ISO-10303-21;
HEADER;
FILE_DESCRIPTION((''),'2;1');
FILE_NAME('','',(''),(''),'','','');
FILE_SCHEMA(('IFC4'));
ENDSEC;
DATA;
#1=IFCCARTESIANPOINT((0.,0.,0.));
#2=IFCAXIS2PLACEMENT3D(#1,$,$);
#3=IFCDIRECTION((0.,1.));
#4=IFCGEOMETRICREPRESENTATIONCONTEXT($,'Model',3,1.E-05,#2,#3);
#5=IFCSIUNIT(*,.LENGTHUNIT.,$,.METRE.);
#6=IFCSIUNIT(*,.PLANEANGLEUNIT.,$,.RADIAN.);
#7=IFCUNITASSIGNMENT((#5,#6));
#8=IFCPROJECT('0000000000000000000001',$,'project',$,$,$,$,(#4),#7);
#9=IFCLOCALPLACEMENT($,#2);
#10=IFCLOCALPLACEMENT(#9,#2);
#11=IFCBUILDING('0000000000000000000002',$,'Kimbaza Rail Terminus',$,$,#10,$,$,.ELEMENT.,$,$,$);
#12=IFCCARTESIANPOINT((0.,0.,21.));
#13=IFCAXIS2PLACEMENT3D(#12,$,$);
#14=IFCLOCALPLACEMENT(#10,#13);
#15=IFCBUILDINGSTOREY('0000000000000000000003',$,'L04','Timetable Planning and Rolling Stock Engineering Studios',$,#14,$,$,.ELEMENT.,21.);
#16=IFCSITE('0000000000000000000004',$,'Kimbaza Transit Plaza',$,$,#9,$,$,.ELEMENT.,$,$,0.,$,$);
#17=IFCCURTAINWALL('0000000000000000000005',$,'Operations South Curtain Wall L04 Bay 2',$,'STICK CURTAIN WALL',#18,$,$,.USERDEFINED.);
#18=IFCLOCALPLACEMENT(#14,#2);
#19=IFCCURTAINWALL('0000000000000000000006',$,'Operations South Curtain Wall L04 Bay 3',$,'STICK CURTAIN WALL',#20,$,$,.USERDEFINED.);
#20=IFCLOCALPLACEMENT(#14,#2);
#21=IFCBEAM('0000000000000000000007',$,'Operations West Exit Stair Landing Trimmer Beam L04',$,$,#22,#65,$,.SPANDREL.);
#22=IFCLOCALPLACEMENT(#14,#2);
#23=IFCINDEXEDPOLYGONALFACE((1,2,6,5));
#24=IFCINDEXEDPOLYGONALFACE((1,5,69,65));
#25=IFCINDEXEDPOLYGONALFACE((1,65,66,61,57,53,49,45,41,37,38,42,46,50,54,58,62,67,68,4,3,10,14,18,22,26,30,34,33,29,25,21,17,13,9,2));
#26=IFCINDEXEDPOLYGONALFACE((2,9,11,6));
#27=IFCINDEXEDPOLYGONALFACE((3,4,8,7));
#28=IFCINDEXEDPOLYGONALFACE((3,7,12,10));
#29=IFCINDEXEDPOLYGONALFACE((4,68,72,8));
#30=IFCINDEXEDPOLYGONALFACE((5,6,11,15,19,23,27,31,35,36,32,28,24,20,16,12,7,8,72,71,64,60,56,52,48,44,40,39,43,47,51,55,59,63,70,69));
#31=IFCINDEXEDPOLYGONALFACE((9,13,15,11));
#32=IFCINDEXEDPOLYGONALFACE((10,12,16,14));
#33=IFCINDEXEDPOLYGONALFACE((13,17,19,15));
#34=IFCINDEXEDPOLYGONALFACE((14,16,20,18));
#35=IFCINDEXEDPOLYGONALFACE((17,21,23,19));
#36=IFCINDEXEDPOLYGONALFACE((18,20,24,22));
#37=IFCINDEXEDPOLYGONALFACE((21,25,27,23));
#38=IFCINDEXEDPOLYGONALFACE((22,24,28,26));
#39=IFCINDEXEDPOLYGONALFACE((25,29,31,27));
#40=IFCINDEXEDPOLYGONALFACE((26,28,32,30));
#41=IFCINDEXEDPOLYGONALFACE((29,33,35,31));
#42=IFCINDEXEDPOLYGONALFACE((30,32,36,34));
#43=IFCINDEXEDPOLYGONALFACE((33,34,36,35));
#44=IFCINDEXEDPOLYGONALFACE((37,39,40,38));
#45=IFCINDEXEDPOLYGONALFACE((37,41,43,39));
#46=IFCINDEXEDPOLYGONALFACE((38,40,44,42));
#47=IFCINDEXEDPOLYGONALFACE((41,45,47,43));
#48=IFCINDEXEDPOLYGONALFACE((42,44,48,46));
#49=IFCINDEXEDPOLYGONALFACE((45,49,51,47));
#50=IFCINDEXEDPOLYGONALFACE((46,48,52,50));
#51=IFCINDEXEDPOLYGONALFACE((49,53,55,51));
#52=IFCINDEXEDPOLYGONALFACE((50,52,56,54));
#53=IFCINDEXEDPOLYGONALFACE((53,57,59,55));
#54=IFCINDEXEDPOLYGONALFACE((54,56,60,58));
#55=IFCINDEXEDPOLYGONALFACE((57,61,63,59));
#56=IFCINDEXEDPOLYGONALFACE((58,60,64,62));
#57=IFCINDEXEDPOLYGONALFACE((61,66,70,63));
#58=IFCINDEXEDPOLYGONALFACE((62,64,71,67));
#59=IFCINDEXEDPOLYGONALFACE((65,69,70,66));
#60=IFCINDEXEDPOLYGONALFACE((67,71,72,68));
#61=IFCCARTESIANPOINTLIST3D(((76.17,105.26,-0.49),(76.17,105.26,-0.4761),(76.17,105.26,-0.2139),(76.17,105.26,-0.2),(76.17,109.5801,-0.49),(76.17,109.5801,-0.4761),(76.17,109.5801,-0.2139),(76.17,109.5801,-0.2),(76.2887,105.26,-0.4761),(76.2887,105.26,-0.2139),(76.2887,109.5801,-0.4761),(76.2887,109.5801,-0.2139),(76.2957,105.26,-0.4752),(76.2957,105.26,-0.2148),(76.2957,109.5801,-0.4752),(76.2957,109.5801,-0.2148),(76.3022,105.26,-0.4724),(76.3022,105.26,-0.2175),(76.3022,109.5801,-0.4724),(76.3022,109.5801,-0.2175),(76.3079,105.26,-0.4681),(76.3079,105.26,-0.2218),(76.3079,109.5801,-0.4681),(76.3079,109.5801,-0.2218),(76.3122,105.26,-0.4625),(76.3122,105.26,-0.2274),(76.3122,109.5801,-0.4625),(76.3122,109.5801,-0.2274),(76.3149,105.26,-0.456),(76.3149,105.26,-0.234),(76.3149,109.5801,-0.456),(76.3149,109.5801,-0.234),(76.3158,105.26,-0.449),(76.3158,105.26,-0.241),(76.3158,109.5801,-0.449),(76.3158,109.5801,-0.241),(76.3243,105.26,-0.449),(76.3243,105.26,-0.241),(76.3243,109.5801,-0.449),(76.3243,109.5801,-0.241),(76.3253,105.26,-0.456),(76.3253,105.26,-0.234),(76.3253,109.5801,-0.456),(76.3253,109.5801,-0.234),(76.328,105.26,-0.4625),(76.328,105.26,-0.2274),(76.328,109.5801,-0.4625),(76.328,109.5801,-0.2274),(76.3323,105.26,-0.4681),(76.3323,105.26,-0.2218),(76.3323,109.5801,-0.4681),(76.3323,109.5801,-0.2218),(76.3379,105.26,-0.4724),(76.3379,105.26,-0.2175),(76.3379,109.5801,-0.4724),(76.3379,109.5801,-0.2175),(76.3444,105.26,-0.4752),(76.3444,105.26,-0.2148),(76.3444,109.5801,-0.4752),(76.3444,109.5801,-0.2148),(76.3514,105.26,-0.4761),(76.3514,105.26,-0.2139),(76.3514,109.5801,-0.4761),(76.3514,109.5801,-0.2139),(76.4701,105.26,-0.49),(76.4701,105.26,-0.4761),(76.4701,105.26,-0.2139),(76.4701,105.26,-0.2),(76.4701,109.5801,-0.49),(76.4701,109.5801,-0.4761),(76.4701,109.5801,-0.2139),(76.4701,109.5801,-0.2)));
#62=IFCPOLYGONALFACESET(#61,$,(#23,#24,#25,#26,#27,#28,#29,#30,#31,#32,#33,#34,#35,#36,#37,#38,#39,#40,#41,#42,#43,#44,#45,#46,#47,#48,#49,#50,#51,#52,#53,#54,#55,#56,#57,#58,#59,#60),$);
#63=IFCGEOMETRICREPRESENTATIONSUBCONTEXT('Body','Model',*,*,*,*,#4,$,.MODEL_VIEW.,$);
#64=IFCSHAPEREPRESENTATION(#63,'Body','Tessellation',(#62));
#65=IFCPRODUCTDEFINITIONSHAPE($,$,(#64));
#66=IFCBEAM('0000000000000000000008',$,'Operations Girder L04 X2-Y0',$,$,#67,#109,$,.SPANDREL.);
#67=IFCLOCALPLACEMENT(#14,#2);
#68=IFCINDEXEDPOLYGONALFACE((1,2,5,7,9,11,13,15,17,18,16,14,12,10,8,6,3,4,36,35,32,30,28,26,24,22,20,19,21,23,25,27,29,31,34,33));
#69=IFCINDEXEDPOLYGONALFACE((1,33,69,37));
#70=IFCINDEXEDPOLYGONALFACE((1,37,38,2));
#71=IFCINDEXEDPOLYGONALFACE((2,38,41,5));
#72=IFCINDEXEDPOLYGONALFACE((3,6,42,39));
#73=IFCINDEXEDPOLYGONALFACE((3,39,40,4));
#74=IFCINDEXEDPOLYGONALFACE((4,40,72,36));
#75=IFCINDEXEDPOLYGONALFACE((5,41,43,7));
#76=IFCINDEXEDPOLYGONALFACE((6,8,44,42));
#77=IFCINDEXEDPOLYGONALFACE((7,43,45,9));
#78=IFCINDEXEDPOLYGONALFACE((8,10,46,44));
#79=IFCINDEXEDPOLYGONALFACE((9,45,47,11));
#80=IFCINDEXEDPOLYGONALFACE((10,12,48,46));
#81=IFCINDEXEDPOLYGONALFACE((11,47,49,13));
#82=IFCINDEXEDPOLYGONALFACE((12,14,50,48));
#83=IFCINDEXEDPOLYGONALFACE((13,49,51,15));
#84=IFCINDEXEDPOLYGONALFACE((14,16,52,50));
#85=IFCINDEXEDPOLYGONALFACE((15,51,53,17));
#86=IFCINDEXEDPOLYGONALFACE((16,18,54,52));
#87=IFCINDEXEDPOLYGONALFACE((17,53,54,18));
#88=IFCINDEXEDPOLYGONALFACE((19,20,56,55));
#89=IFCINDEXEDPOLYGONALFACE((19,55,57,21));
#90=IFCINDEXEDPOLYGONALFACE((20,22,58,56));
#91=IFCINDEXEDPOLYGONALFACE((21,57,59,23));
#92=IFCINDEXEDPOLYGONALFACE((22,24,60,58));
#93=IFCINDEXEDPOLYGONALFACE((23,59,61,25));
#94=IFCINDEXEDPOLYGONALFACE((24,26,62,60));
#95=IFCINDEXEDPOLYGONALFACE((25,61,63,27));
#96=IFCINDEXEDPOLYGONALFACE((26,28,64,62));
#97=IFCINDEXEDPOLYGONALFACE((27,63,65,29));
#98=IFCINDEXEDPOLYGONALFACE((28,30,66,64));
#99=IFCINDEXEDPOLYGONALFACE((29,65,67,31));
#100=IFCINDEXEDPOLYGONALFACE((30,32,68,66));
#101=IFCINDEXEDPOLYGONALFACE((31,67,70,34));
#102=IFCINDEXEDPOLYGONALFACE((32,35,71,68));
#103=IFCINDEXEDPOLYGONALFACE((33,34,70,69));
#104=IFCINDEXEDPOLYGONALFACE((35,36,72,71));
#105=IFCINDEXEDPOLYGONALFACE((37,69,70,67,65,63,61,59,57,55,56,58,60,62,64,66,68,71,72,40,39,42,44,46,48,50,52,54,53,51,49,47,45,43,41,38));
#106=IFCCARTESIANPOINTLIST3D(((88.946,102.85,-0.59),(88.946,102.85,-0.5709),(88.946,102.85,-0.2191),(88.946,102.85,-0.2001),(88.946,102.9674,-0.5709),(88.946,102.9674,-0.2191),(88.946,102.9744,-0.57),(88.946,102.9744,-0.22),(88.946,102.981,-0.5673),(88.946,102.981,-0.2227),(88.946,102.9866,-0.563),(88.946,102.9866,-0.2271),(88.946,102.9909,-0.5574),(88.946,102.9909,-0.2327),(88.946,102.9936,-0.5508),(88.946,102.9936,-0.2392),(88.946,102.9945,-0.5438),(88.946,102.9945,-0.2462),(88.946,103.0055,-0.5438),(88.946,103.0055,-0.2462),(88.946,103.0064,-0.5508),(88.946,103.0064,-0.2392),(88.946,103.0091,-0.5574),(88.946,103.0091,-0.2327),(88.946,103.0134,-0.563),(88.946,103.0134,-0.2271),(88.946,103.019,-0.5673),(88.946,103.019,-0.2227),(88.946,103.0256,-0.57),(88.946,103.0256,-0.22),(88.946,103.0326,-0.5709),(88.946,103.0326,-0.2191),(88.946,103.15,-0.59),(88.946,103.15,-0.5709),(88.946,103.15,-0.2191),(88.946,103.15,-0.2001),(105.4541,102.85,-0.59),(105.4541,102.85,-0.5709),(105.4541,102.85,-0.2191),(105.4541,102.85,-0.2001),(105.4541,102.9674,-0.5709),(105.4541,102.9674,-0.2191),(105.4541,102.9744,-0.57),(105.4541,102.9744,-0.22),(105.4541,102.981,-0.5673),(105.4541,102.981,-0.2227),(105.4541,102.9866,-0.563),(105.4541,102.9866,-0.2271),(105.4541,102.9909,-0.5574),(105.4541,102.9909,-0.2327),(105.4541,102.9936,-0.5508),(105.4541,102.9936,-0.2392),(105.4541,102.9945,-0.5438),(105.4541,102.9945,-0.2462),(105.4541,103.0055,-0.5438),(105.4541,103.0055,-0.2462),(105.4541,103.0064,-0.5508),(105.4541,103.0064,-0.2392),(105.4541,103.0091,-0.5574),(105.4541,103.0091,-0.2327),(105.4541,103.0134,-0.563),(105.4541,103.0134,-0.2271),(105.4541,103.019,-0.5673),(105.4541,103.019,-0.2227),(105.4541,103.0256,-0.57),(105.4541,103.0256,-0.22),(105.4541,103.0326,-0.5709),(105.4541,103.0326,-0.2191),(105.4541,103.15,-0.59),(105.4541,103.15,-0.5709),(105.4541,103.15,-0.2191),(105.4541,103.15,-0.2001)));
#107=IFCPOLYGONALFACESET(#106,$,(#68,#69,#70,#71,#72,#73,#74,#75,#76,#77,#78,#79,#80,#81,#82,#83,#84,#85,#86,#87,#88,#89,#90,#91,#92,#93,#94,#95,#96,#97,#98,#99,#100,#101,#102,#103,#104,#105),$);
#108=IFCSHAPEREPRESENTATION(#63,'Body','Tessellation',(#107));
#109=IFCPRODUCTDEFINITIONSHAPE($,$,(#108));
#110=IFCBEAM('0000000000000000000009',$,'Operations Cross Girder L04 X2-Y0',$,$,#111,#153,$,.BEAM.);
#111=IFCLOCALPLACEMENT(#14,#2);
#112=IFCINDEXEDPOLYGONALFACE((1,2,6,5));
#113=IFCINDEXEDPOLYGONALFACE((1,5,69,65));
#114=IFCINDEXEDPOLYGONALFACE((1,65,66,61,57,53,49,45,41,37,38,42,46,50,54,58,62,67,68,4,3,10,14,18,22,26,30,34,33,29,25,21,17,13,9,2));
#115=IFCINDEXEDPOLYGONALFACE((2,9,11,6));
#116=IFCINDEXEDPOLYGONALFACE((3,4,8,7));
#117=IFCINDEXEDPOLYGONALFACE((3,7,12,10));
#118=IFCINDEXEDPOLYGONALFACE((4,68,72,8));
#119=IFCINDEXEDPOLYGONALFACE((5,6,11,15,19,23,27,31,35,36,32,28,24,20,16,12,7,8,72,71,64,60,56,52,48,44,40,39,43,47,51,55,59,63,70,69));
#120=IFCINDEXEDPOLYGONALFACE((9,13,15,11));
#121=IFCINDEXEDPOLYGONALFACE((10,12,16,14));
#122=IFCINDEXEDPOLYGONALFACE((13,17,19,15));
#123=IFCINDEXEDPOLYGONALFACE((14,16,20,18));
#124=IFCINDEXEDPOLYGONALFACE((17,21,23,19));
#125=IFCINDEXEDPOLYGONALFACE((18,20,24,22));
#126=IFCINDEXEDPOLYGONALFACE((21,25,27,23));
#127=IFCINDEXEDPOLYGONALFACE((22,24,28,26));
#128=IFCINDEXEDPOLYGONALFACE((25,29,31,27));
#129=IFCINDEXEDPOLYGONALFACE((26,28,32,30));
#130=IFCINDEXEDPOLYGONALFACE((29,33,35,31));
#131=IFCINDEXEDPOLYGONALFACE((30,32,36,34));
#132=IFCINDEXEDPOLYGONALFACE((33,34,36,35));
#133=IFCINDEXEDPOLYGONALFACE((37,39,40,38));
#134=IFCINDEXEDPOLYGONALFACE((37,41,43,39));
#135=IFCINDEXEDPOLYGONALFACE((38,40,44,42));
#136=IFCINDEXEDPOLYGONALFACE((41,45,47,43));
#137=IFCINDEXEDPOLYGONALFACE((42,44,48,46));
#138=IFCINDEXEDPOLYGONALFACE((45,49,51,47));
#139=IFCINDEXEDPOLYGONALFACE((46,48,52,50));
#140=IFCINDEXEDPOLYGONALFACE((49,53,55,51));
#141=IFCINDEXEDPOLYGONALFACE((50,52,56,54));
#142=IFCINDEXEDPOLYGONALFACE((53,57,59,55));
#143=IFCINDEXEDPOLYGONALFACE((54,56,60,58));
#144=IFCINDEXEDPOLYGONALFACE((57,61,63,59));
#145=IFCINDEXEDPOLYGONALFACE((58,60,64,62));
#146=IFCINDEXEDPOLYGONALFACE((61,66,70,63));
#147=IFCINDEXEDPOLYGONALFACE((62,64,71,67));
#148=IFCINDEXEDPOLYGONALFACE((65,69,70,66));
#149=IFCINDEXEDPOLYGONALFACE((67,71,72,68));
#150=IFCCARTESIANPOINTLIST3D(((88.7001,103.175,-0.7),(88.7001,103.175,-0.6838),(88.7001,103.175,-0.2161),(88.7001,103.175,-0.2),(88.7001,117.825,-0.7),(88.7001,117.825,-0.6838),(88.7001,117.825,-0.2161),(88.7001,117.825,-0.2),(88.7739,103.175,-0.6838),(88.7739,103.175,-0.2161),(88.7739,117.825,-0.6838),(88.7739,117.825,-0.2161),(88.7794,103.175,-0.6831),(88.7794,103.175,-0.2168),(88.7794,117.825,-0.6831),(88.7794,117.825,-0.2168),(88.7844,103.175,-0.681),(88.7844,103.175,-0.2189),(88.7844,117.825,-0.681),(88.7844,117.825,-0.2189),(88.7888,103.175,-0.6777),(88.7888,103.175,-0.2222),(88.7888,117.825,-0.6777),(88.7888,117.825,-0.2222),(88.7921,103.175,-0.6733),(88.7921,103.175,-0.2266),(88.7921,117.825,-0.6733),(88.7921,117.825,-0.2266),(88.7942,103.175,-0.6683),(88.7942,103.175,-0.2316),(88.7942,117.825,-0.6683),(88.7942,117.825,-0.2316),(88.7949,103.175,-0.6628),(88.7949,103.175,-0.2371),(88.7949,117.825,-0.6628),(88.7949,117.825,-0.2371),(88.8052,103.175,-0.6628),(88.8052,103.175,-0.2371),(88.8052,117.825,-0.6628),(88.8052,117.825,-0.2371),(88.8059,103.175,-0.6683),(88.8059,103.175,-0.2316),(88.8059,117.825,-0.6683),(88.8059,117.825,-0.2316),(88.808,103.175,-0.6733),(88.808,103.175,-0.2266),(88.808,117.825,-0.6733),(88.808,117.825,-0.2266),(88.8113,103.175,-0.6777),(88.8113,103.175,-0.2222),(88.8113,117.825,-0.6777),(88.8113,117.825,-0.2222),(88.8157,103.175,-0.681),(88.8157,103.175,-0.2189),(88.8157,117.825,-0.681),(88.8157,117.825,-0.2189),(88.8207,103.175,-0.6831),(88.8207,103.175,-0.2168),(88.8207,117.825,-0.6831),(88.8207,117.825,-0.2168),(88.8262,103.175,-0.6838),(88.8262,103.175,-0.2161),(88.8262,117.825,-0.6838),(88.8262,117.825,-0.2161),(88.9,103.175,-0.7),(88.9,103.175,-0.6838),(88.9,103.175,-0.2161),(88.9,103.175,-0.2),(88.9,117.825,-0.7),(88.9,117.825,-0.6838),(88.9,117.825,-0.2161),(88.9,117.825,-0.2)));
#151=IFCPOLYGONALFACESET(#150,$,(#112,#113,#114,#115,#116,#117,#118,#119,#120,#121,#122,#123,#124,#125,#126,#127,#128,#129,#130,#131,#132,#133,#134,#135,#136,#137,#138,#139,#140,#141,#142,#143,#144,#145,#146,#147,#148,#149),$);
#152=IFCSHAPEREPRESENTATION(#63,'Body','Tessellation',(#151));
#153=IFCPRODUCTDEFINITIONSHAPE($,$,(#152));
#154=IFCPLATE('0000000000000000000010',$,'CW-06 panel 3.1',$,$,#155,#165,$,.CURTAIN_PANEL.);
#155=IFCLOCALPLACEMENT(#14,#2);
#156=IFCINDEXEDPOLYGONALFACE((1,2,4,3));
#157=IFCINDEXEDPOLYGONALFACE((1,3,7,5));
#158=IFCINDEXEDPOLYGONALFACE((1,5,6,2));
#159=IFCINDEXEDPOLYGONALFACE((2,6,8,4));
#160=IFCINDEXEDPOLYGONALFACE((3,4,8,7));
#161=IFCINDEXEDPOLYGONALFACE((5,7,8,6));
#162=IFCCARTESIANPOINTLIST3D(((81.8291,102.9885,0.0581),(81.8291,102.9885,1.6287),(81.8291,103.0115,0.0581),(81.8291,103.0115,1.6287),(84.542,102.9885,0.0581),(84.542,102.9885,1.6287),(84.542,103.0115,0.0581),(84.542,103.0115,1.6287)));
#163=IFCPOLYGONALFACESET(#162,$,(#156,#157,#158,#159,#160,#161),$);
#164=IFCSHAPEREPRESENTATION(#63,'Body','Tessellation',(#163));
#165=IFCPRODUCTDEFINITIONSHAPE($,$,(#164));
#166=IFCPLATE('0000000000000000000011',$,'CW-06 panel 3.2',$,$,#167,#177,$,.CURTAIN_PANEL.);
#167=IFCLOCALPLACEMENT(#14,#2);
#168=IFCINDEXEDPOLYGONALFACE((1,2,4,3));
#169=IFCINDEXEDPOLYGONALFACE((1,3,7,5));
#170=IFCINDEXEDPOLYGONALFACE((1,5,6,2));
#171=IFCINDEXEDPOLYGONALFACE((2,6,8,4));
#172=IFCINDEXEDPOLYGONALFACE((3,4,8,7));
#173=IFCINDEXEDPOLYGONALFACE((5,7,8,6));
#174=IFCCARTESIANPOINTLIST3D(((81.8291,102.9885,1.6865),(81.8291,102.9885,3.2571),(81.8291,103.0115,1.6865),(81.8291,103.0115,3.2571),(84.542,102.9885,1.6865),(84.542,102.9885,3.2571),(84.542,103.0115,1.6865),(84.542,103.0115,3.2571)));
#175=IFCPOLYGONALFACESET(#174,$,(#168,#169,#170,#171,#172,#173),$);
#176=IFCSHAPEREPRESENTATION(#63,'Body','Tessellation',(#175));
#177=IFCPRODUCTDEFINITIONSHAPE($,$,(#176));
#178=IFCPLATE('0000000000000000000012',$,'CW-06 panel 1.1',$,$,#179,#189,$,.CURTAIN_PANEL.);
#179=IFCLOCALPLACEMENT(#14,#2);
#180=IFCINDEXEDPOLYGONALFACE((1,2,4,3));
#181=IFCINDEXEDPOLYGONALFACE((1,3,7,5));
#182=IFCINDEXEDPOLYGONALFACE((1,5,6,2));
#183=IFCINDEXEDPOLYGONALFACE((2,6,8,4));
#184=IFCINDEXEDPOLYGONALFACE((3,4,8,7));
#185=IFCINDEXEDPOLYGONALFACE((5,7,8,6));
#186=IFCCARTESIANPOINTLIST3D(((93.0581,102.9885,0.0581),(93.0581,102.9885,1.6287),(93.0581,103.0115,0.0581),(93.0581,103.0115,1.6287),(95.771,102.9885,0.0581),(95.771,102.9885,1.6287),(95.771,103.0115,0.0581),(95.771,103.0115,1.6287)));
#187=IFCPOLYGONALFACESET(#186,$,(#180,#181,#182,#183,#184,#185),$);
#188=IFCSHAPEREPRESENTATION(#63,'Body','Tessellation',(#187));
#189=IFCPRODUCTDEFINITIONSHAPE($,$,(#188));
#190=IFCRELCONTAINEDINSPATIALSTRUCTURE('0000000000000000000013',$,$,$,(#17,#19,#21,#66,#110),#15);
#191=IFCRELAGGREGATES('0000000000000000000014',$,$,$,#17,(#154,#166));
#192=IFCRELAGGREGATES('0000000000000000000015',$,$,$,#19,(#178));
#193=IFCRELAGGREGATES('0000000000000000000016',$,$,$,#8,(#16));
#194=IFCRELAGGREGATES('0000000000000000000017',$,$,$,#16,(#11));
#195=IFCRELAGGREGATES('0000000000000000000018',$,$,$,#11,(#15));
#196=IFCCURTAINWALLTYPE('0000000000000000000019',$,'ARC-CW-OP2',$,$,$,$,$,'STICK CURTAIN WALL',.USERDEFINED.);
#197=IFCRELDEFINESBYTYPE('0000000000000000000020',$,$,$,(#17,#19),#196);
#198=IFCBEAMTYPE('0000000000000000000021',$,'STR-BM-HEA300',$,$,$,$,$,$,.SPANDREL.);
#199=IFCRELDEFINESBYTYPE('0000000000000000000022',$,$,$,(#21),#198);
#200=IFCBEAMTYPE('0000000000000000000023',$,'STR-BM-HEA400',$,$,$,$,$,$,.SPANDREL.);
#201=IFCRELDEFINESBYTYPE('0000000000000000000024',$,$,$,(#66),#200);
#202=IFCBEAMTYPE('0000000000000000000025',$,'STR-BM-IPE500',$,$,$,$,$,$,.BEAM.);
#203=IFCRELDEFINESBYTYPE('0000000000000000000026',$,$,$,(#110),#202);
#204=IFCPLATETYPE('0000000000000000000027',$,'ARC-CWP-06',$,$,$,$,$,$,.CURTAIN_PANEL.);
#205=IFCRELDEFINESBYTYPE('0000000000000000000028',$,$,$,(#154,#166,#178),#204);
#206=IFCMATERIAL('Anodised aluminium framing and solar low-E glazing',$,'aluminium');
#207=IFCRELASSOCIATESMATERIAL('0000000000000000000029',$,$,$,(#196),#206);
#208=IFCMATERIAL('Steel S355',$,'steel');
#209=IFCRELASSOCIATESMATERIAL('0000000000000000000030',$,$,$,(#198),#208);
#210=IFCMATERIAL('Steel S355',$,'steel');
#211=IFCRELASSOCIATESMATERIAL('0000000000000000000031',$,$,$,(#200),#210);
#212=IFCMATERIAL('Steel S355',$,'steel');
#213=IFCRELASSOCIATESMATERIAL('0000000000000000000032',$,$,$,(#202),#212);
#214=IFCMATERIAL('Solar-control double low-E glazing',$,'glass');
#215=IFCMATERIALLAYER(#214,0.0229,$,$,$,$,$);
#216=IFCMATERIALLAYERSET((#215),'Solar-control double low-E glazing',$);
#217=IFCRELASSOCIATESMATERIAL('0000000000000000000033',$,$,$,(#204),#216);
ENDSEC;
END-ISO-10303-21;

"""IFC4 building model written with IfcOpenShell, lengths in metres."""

from ifc_helpers import new_model, si_unit, direction, frame, origin, origin_2d, place, context, subcontext, project, spatial, rectangle, i_section, extrude, material, layer, layer_set, material_profile, profile_set, type_object, element, aggregate, save


model = new_model("IFC4")

# Units and contexts
model_context = context("Model", 3, precision=1e-05, world=origin(), true_north=direction((0.0, 1.0)))
body_context = subcontext(model_context, "Body", "Model", "MODEL_VIEW")
ifc_project = project(units=[si_unit("LENGTHUNIT", "METRE"), si_unit("PLANEANGLEUNIT", "RADIAN")], contexts=[model_context])

# Site, building, storey
site_placement = place(None, origin())
site = spatial("IfcSite", under=ifc_project, at=site_placement, Name="Kimbaza Transit Plaza", CompositionType="ELEMENT", RefElevation=0.0)
building_placement = place(site_placement, origin())
building = spatial("IfcBuilding", under=site, at=building_placement, Name="Kimbaza Rail Terminus", CompositionType="ELEMENT")
storey_placement = place(building_placement, frame((0.0, 0.0, 21.0)))
storey = spatial("IfcBuildingStorey", under=building, at=storey_placement, Name="L04", Description="Timetable Planning and Rolling Stock Engineering Studios", CompositionType="ELEMENT", Elevation=21.0)

# Curtain wall
ifc_material_1 = material(Name="Anodised aluminium framing and solar low-E glazing", Category="aluminium")
curtain_wall_type = type_object("IfcCurtainWallType", Name="ARC-CW-OP2", ElementType="STICK CURTAIN WALL", PredefinedType="USERDEFINED", material=ifc_material_1)
curtain_wall_1_placement = place(storey_placement, origin())
curtain_wall_1 = element("IfcCurtainWall", 1, at=curtain_wall_1_placement, inside=storey, type_object=curtain_wall_type, Name="Operations South Curtain Wall L04 Bay 2", ObjectType="STICK CURTAIN WALL", PredefinedType="USERDEFINED")

# Curtain wall
curtain_wall_2_placement = place(storey_placement, origin())
curtain_wall_2 = element("IfcCurtainWall", 2, at=curtain_wall_2_placement, inside=storey, type_object=curtain_wall_type, Name="Operations South Curtain Wall L04 Bay 3", ObjectType="STICK CURTAIN WALL", PredefinedType="USERDEFINED")

# Beams
ifc_material_2 = material(Name="Steel S355", Category="steel")
ifc_material_profile_1 = material_profile(ifc_material_2, i_section(OverallWidth=0.3, OverallDepth=0.29, WebThickness=0.0085, FlangeThickness=0.0139, FilletRadius=0.0271, at=origin_2d()), Name="HEA 300")
ifc_profile_set_1 = profile_set([ifc_material_profile_1], Name="Steel S355")
beam_type_1 = type_object("IfcBeamType", Name="STR-BM-HEA300", PredefinedType="SPANDREL", material=ifc_profile_set_1)
beam_1_placement = place(storey_placement, frame((76.3201, 105.26, -0.345), z_axis=(0.0, 1.0, 0.0), x_axis=(-1.0, 0.0, 0.0)))
element("IfcBeam", 3, at=beam_1_placement, inside=storey, type_object=beam_type_1, Name="Operations West Exit Stair Landing Trimmer Beam L04", PredefinedType="SPANDREL", context=body_context, shape_type="SweptSolid", body=[
    extrude(i_section(OverallWidth=0.3, OverallDepth=0.29, WebThickness=0.0085, FlangeThickness=0.0139, FilletRadius=0.0271, at=origin_2d()), origin(), (0.0, 0.0, 1.0), 4.3201),
])
ifc_material_3 = material(Name="Steel S355", Category="steel")
ifc_material_profile_2 = material_profile(ifc_material_3, i_section(OverallWidth=0.3, OverallDepth=0.3899, WebThickness=0.011, FlangeThickness=0.019, FilletRadius=0.0271, at=origin_2d()), Name="HEA 400")
ifc_profile_set_2 = profile_set([ifc_material_profile_2], Name="Steel S355")
beam_type_2 = type_object("IfcBeamType", Name="STR-BM-HEA400", PredefinedType="SPANDREL", material=ifc_profile_set_2)
beam_2_placement = place(storey_placement, frame((88.946, 103.0, -0.395), z_axis=(1.0, 0.0, 0.0), x_axis=(0.0, 1.0, 0.0)))
element("IfcBeam", 4, at=beam_2_placement, inside=storey, type_object=beam_type_2, Name="Operations Girder L04 X2-Y0", PredefinedType="SPANDREL", context=body_context, shape_type="SweptSolid", body=[
    extrude(i_section(OverallWidth=0.3, OverallDepth=0.3899, WebThickness=0.011, FlangeThickness=0.019, FilletRadius=0.0271, at=origin_2d()), origin(), (0.0, 0.0, 1.0), 16.5081),
])
ifc_material_4 = material(Name="Steel S355", Category="steel")
ifc_material_profile_3 = material_profile(ifc_material_4, i_section(OverallWidth=0.2, OverallDepth=0.5, WebThickness=0.0103, FlangeThickness=0.0161, FilletRadius=0.021, at=origin_2d()), Name="IPE 500")
ifc_profile_set_3 = profile_set([ifc_material_profile_3], Name="Steel S355")
beam_type_3 = type_object("IfcBeamType", Name="STR-BM-IPE500", PredefinedType="BEAM", material=ifc_profile_set_3)
beam_3_placement = place(storey_placement, frame((88.8, 103.175, -0.45), z_axis=(0.0, 1.0, 0.0), x_axis=(-1.0, 0.0, 0.0)))
element("IfcBeam", 5, at=beam_3_placement, inside=storey, type_object=beam_type_3, Name="Operations Cross Girder L04 X2-Y0", PredefinedType="BEAM", context=body_context, shape_type="SweptSolid", body=[
    extrude(i_section(OverallWidth=0.2, OverallDepth=0.5, WebThickness=0.0103, FlangeThickness=0.0161, FilletRadius=0.021, at=origin_2d()), origin(), (0.0, 0.0, 1.0), 14.6499),
])

# Plates
ifc_material_5 = material(Name="Solar-control double low-E glazing", Category="glass")
ifc_layer_1 = layer(ifc_material_5, 0.0229)
ifc_layer_set_1 = layer_set([ifc_layer_1], Name="Solar-control double low-E glazing")
plate_type = type_object("IfcPlateType", Name="ARC-CWP-06", PredefinedType="CURTAIN_PANEL", material=ifc_layer_set_1)
plate_1_placement = place(storey_placement, frame((83.1855, 103.0, 0.0581), z_axis=(0.0, 0.0, 1.0), x_axis=(1.0, 0.0, 0.0)))
plate_1 = element("IfcPlate", 6, at=plate_1_placement, type_object=plate_type, Name="CW-06 panel 3.1", PredefinedType="CURTAIN_PANEL", context=body_context, shape_type="SweptSolid", body=[
    extrude(rectangle(XDim=2.7129, YDim=0.0229, at=origin_2d()), origin(), (0.0, 0.0, 1.0), 1.5706),
])
plate_2_placement = place(storey_placement, frame((83.1855, 103.0, 1.6865), z_axis=(0.0, 0.0, 1.0), x_axis=(1.0, 0.0, 0.0)))
plate_2 = element("IfcPlate", 7, at=plate_2_placement, type_object=plate_type, Name="CW-06 panel 3.2", PredefinedType="CURTAIN_PANEL", context=body_context, shape_type="SweptSolid", body=[
    extrude(rectangle(XDim=2.7129, YDim=0.0229, at=origin_2d()), origin(), (0.0, 0.0, 1.0), 1.5706),
])
aggregate(curtain_wall_1, [plate_1, plate_2])
plate_3_placement = place(storey_placement, frame((94.4146, 103.0, 0.0581), z_axis=(0.0, 0.0, 1.0), x_axis=(1.0, 0.0, 0.0)))
plate_3 = element("IfcPlate", 8, at=plate_3_placement, type_object=plate_type, Name="CW-06 panel 1.1", PredefinedType="CURTAIN_PANEL", context=body_context, shape_type="SweptSolid", body=[
    extrude(rectangle(XDim=2.7129, YDim=0.0229, at=origin_2d()), origin(), (0.0, 0.0, 1.0), 1.5706),
])
aggregate(curtain_wall_2, [plate_3])

save(model, "model.ifc")
